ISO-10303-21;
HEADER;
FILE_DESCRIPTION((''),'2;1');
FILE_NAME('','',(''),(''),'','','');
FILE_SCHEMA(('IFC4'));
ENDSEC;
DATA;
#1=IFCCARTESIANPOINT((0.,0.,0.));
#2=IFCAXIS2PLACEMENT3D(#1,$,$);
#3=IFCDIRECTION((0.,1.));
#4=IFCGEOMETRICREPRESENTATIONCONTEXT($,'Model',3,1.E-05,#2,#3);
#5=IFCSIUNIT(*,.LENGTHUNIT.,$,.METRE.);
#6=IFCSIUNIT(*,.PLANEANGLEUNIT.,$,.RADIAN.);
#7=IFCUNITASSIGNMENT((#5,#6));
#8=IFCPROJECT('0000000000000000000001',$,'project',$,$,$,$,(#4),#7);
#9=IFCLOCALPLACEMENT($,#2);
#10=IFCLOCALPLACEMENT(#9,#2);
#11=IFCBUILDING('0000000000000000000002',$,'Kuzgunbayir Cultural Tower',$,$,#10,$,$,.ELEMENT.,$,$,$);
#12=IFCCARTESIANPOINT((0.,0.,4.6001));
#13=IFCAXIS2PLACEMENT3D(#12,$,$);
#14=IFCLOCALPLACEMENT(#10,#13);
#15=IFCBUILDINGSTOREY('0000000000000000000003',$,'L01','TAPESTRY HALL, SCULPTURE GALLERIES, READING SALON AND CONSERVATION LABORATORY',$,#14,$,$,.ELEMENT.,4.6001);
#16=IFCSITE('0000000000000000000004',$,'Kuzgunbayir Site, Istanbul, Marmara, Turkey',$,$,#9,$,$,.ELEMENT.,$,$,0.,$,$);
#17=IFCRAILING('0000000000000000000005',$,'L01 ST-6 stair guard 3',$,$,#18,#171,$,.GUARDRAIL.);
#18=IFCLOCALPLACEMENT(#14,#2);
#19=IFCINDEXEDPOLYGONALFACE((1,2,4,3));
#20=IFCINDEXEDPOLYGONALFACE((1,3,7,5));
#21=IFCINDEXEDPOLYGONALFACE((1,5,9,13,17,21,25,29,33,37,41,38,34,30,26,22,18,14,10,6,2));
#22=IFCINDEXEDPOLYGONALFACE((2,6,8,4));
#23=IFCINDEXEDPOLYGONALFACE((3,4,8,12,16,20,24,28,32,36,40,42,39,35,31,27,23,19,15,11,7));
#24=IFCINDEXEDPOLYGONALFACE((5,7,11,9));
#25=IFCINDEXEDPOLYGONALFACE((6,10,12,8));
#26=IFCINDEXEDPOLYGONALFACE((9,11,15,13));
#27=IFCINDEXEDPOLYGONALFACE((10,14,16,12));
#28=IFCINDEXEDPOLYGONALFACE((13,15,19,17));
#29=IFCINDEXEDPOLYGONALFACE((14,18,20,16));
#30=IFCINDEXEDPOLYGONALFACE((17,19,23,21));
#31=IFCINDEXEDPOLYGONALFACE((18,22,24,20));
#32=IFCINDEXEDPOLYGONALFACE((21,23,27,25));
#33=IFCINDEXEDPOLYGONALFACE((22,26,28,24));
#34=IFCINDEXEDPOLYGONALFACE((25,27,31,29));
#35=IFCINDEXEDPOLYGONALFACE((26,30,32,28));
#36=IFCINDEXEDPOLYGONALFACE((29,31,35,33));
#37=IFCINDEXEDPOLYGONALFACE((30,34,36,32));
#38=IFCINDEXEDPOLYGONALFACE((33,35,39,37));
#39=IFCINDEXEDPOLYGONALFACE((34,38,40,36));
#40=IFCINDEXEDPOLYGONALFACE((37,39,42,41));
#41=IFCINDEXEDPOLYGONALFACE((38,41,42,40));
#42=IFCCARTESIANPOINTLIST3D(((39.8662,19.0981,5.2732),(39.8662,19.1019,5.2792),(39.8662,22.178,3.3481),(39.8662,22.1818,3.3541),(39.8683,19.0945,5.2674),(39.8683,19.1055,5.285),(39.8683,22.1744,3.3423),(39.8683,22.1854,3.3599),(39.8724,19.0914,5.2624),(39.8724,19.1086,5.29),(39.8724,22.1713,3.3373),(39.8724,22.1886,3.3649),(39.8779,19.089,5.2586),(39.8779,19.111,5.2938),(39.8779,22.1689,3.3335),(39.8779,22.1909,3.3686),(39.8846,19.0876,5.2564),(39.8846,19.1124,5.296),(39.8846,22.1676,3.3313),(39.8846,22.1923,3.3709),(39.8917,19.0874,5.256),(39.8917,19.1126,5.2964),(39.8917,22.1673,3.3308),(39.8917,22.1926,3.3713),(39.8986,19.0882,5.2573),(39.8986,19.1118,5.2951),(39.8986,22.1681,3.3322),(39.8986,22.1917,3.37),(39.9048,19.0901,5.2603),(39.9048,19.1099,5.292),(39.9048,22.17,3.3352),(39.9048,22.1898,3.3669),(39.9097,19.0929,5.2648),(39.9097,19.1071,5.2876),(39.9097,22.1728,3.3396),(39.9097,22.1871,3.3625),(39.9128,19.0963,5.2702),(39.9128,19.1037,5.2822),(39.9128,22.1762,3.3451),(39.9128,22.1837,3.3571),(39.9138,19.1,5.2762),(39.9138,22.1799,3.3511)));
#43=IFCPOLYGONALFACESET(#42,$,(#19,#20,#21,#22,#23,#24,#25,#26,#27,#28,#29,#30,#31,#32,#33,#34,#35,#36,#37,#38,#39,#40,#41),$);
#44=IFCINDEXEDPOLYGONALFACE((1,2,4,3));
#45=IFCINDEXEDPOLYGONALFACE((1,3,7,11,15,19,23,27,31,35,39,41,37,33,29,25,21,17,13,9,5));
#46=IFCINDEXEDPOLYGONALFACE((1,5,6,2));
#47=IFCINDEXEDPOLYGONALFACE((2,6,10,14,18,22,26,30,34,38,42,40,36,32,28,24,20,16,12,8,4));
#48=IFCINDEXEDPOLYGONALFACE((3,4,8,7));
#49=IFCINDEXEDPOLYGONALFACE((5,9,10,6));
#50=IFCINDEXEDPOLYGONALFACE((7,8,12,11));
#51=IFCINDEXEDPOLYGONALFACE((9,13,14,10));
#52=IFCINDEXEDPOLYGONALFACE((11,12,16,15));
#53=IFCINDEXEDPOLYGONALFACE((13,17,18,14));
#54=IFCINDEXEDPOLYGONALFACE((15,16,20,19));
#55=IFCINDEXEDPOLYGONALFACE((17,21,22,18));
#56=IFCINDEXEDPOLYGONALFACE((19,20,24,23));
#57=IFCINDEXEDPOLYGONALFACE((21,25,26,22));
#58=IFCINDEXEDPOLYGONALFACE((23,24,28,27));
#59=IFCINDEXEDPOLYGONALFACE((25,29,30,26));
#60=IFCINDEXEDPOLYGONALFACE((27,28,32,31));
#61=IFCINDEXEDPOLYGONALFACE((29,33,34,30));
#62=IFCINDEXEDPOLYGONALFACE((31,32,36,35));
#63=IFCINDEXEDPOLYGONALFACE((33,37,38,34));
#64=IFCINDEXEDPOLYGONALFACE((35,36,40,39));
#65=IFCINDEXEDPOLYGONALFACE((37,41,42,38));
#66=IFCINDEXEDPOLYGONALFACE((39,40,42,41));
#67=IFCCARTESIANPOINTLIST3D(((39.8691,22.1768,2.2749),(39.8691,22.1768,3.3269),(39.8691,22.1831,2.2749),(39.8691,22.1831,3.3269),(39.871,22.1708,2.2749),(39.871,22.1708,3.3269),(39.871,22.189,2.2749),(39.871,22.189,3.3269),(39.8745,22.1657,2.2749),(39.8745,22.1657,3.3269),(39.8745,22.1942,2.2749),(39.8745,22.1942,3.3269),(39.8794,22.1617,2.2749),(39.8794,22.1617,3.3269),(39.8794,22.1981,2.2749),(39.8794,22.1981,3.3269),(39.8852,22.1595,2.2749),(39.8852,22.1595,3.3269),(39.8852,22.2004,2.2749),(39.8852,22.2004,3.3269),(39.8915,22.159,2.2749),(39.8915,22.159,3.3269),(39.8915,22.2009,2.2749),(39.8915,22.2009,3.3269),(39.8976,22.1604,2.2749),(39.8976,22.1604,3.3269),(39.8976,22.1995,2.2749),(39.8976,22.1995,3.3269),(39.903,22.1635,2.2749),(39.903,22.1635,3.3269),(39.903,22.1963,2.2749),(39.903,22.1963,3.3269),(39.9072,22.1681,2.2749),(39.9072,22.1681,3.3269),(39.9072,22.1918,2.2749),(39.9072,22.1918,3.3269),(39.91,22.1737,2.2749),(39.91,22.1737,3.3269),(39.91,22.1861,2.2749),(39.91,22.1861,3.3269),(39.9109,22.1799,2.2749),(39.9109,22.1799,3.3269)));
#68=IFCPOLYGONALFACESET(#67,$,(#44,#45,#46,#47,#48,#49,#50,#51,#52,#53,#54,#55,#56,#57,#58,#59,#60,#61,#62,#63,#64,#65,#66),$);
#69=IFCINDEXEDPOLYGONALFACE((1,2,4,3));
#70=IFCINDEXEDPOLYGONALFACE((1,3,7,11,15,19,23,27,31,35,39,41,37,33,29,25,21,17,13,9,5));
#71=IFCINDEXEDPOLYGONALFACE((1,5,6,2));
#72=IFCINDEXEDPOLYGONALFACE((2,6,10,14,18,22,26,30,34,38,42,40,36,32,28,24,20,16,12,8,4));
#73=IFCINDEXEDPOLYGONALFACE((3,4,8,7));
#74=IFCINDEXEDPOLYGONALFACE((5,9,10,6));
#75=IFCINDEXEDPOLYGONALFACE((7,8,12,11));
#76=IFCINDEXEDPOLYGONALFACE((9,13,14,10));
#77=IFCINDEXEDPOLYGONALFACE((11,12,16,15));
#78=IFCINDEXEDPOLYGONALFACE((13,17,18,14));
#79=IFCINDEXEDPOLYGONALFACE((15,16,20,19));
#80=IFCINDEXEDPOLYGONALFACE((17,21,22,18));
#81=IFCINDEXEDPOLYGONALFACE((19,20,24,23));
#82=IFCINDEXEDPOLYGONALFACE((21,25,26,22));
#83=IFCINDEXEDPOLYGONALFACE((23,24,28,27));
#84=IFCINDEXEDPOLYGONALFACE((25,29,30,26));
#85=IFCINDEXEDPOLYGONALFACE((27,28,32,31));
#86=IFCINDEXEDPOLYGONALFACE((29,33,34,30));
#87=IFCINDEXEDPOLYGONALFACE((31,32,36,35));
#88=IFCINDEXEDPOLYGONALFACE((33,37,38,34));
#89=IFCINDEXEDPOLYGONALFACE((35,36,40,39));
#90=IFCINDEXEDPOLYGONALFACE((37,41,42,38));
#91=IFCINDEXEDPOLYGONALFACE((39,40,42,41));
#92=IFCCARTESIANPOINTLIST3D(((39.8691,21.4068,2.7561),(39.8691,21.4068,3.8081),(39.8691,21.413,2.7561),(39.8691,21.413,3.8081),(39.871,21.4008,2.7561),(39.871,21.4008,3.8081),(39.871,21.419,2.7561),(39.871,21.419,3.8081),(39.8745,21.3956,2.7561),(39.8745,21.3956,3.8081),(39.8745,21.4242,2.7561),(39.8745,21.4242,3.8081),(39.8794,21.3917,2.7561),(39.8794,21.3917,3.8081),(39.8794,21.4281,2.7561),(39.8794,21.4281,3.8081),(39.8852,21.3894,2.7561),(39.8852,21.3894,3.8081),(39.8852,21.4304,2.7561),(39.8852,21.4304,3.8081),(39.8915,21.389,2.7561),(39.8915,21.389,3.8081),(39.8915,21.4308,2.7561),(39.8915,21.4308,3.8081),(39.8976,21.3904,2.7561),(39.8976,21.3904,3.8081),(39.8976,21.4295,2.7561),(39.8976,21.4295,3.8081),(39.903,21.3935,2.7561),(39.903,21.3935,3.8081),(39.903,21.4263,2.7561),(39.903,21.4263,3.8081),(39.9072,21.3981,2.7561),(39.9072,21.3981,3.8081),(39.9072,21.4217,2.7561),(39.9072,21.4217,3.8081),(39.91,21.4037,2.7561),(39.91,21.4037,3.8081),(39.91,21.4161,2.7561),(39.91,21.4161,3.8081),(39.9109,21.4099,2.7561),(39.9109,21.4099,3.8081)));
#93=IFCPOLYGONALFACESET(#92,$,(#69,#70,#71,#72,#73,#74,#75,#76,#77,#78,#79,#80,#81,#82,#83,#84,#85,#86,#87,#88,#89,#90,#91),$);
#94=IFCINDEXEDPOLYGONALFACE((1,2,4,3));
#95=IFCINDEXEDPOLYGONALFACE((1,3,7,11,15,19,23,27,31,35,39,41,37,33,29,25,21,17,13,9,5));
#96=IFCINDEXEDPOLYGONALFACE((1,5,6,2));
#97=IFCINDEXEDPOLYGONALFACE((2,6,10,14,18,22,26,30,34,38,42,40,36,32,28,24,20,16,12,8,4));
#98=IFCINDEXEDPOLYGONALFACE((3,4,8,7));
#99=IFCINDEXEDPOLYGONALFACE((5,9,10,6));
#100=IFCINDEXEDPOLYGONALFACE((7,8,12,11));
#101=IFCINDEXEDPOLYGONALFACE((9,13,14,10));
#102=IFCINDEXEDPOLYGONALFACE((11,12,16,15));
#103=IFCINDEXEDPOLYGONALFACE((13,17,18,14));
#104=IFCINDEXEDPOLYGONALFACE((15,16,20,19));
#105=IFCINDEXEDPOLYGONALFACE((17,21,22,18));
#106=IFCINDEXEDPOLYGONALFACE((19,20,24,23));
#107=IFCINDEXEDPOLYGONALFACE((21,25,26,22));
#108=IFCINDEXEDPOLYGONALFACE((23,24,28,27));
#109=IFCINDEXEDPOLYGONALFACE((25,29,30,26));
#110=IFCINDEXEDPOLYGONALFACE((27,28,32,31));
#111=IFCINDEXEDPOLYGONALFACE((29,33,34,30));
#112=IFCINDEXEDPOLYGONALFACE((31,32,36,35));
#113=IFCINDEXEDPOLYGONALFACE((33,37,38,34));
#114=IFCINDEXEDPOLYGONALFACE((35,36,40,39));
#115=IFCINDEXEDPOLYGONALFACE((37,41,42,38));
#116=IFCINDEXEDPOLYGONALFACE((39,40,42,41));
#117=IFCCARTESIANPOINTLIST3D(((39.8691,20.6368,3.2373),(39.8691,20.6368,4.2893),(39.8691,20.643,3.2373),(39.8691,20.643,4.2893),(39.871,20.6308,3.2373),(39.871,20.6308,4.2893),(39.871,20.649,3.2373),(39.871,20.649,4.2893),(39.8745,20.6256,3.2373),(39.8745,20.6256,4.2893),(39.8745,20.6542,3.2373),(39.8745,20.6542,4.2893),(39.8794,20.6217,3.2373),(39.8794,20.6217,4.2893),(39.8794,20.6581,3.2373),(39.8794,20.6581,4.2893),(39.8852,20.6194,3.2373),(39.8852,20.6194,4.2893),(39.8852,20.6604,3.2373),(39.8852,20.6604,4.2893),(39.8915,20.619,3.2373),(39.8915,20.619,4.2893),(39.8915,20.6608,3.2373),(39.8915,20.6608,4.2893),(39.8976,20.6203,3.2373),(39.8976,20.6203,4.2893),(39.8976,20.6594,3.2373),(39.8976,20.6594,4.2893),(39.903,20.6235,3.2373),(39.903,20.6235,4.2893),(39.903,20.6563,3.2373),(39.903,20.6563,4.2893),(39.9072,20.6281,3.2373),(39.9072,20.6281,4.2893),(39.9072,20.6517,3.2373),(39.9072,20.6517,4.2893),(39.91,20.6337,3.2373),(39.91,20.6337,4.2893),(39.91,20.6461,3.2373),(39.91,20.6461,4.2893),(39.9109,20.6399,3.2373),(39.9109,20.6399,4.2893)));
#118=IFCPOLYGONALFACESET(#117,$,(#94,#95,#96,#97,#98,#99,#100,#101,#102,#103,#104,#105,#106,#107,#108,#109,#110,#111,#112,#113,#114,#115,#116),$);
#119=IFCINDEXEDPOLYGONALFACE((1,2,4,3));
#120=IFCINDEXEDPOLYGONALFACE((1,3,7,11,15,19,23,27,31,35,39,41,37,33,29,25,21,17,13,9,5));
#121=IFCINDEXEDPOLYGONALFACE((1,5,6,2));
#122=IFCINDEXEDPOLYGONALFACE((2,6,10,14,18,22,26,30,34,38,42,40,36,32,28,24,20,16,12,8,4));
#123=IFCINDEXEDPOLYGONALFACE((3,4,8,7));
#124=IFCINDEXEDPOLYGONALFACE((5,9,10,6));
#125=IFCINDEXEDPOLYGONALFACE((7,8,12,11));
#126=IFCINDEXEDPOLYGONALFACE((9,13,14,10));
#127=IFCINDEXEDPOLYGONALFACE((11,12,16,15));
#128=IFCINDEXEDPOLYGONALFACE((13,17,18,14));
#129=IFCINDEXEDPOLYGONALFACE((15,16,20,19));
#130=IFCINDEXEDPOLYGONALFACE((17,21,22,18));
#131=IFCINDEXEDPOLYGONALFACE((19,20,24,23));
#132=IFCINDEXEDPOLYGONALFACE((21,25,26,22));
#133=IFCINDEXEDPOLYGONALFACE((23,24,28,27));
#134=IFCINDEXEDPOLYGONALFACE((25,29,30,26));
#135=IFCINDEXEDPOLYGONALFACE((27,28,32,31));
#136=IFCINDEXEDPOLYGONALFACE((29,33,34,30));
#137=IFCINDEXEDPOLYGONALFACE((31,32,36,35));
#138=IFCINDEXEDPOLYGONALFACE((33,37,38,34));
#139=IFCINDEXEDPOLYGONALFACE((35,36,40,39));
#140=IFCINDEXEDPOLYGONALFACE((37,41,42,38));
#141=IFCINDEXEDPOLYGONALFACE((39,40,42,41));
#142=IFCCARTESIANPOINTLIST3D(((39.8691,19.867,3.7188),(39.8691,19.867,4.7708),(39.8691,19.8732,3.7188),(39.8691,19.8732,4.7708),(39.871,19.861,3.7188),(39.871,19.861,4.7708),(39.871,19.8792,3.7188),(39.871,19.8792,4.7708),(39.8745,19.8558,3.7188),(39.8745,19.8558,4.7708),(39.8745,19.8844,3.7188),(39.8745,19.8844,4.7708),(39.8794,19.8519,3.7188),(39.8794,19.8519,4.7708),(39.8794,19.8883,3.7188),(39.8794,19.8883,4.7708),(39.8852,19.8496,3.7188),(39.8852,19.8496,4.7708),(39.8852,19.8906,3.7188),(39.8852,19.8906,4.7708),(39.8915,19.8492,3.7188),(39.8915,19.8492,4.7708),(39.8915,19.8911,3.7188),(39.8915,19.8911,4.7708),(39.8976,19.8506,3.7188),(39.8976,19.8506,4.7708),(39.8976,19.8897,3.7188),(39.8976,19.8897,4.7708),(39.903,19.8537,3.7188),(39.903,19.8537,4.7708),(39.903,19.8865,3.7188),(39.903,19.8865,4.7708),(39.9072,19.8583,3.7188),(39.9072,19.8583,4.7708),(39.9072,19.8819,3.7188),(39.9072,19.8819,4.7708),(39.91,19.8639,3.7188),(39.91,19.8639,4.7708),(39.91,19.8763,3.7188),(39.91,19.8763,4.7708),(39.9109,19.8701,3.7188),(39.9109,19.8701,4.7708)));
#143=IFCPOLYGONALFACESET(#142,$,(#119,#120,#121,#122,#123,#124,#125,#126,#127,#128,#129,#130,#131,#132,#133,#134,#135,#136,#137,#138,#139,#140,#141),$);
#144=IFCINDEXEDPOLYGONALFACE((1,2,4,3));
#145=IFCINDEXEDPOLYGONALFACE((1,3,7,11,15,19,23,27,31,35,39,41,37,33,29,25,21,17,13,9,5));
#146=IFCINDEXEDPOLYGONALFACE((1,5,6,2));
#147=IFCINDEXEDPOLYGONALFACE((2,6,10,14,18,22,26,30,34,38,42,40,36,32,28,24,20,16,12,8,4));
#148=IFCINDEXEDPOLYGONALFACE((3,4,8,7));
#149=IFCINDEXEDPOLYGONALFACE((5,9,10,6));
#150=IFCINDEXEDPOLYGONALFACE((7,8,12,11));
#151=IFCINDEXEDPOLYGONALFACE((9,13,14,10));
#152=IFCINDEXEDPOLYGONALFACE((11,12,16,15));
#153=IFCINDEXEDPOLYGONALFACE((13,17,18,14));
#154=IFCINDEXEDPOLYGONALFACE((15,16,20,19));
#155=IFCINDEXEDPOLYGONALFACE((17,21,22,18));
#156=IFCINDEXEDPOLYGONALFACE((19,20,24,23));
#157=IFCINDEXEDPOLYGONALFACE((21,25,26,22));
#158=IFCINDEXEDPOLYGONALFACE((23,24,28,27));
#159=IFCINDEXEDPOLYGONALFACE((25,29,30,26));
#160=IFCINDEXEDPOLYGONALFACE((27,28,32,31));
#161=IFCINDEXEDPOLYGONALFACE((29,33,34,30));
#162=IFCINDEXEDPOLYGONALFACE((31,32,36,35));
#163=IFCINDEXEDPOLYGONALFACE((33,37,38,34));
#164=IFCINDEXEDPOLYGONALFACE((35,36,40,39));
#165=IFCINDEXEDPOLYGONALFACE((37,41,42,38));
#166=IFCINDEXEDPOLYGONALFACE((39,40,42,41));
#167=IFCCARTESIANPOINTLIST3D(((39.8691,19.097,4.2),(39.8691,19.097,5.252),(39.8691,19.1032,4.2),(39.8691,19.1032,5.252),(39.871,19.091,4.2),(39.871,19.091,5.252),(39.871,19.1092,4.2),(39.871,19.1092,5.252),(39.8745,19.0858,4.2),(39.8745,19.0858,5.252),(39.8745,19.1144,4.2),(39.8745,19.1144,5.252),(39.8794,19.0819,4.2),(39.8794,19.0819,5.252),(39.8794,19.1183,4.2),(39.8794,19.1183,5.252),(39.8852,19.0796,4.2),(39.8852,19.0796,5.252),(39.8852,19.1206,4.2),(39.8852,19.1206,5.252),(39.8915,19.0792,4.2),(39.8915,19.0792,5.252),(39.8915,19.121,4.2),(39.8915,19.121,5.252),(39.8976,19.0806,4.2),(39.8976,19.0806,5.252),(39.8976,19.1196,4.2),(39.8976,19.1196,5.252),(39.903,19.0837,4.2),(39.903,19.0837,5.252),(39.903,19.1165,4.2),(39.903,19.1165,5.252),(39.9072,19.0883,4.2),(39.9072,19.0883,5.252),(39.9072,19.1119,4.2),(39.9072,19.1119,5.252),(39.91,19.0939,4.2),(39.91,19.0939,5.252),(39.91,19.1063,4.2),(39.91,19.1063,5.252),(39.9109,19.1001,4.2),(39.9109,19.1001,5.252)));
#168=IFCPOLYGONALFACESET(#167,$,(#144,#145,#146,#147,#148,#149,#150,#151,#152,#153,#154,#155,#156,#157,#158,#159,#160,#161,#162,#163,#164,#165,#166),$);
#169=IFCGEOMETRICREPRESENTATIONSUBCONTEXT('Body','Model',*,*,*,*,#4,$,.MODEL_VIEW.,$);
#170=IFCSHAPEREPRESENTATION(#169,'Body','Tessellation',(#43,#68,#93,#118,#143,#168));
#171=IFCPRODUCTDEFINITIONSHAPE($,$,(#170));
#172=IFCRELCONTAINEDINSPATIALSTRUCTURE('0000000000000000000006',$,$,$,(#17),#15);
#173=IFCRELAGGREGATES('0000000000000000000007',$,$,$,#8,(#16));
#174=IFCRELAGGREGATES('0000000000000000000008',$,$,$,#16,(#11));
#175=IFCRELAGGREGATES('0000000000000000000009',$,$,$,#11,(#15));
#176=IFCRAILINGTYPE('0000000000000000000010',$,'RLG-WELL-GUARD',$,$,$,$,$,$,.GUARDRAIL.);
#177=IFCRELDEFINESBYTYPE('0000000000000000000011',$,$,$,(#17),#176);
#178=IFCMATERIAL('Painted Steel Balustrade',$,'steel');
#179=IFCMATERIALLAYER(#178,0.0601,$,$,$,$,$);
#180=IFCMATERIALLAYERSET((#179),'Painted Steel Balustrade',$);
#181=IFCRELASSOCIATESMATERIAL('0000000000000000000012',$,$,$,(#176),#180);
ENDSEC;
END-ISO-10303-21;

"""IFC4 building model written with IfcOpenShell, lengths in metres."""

from ifc_helpers import new_model, si_unit, direction, frame, origin, origin_2d, place, context, subcontext, project, spatial, circle, extrude, material, layer, layer_set, type_object, element, save


model = new_model("IFC4")

# Units and contexts
model_context = context("Model", 3, precision=1e-05, world=origin(), true_north=direction((0.0, 1.0)))
body_context = subcontext(model_context, "Body", "Model", "MODEL_VIEW")
ifc_project = project(units=[si_unit("LENGTHUNIT", "METRE"), si_unit("PLANEANGLEUNIT", "RADIAN")], contexts=[model_context])

# Site, building, storey
site_placement = place(None, origin())
site = spatial("IfcSite", under=ifc_project, at=site_placement, Name="Kuzgunbayir Site, Istanbul, Marmara, Turkey", CompositionType="ELEMENT", RefElevation=0.0)
building_placement = place(site_placement, origin())
building = spatial("IfcBuilding", under=site, at=building_placement, Name="Kuzgunbayir Cultural Tower", CompositionType="ELEMENT")
storey_placement = place(building_placement, frame((0.0, 0.0, 4.6001)))
storey = spatial("IfcBuildingStorey", under=building, at=storey_placement, Name="L01", Description="TAPESTRY HALL, SCULPTURE GALLERIES, READING SALON AND CONSERVATION LABORATORY", CompositionType="ELEMENT", Elevation=4.6001)

# Railing
ifc_material_1 = material(Name="Painted Steel Balustrade", Category="steel")
ifc_layer_1 = layer(ifc_material_1, 0.0601)
ifc_layer_set_1 = layer_set([ifc_layer_1], Name="Painted Steel Balustrade")
railing_type_1 = type_object("IfcRailingType", Name="RLG-WELL-GUARD", PredefinedType="GUARDRAIL", material=ifc_layer_set_1)
railing_1_placement = place(storey_placement, frame((39.8899, 22.1799, 2.2749)))
element("IfcRailing", 1, at=railing_1_placement, inside=storey, type_object=railing_type_1, Name="L01 ST-6 stair guard 3", PredefinedType="GUARDRAIL", context=body_context, shape_type="SweptSolid", body=[
    extrude(circle(Radius=0.0239, at=origin_2d()), frame((0.0, 0.0, 1.0762), z_axis=(0.0, -0.847979, 0.530029), x_axis=(1.0, 0.0, 0.0)), (0.0, 0.0, 1.0), 3.6321),
    extrude(circle(Radius=0.021, at=origin_2d()), origin(), (0.0, 0.0, 1.0), 1.052),
    extrude(circle(Radius=0.021, at=origin_2d()), frame((0.0, -0.77, 0.4812)), (0.0, 0.0, 1.0), 1.052),
    extrude(circle(Radius=0.021, at=origin_2d()), frame((0.0, -1.54, 0.9624)), (0.0, 0.0, 1.0), 1.052),
    extrude(circle(Radius=0.021, at=origin_2d()), frame((0.0, -2.3098, 1.4438)), (0.0, 0.0, 1.0), 1.052),
    extrude(circle(Radius=0.021, at=origin_2d()), frame((0.0, -3.0798, 1.925)), (0.0, 0.0, 1.0), 1.052),
])

save(model, "model.ifc")
